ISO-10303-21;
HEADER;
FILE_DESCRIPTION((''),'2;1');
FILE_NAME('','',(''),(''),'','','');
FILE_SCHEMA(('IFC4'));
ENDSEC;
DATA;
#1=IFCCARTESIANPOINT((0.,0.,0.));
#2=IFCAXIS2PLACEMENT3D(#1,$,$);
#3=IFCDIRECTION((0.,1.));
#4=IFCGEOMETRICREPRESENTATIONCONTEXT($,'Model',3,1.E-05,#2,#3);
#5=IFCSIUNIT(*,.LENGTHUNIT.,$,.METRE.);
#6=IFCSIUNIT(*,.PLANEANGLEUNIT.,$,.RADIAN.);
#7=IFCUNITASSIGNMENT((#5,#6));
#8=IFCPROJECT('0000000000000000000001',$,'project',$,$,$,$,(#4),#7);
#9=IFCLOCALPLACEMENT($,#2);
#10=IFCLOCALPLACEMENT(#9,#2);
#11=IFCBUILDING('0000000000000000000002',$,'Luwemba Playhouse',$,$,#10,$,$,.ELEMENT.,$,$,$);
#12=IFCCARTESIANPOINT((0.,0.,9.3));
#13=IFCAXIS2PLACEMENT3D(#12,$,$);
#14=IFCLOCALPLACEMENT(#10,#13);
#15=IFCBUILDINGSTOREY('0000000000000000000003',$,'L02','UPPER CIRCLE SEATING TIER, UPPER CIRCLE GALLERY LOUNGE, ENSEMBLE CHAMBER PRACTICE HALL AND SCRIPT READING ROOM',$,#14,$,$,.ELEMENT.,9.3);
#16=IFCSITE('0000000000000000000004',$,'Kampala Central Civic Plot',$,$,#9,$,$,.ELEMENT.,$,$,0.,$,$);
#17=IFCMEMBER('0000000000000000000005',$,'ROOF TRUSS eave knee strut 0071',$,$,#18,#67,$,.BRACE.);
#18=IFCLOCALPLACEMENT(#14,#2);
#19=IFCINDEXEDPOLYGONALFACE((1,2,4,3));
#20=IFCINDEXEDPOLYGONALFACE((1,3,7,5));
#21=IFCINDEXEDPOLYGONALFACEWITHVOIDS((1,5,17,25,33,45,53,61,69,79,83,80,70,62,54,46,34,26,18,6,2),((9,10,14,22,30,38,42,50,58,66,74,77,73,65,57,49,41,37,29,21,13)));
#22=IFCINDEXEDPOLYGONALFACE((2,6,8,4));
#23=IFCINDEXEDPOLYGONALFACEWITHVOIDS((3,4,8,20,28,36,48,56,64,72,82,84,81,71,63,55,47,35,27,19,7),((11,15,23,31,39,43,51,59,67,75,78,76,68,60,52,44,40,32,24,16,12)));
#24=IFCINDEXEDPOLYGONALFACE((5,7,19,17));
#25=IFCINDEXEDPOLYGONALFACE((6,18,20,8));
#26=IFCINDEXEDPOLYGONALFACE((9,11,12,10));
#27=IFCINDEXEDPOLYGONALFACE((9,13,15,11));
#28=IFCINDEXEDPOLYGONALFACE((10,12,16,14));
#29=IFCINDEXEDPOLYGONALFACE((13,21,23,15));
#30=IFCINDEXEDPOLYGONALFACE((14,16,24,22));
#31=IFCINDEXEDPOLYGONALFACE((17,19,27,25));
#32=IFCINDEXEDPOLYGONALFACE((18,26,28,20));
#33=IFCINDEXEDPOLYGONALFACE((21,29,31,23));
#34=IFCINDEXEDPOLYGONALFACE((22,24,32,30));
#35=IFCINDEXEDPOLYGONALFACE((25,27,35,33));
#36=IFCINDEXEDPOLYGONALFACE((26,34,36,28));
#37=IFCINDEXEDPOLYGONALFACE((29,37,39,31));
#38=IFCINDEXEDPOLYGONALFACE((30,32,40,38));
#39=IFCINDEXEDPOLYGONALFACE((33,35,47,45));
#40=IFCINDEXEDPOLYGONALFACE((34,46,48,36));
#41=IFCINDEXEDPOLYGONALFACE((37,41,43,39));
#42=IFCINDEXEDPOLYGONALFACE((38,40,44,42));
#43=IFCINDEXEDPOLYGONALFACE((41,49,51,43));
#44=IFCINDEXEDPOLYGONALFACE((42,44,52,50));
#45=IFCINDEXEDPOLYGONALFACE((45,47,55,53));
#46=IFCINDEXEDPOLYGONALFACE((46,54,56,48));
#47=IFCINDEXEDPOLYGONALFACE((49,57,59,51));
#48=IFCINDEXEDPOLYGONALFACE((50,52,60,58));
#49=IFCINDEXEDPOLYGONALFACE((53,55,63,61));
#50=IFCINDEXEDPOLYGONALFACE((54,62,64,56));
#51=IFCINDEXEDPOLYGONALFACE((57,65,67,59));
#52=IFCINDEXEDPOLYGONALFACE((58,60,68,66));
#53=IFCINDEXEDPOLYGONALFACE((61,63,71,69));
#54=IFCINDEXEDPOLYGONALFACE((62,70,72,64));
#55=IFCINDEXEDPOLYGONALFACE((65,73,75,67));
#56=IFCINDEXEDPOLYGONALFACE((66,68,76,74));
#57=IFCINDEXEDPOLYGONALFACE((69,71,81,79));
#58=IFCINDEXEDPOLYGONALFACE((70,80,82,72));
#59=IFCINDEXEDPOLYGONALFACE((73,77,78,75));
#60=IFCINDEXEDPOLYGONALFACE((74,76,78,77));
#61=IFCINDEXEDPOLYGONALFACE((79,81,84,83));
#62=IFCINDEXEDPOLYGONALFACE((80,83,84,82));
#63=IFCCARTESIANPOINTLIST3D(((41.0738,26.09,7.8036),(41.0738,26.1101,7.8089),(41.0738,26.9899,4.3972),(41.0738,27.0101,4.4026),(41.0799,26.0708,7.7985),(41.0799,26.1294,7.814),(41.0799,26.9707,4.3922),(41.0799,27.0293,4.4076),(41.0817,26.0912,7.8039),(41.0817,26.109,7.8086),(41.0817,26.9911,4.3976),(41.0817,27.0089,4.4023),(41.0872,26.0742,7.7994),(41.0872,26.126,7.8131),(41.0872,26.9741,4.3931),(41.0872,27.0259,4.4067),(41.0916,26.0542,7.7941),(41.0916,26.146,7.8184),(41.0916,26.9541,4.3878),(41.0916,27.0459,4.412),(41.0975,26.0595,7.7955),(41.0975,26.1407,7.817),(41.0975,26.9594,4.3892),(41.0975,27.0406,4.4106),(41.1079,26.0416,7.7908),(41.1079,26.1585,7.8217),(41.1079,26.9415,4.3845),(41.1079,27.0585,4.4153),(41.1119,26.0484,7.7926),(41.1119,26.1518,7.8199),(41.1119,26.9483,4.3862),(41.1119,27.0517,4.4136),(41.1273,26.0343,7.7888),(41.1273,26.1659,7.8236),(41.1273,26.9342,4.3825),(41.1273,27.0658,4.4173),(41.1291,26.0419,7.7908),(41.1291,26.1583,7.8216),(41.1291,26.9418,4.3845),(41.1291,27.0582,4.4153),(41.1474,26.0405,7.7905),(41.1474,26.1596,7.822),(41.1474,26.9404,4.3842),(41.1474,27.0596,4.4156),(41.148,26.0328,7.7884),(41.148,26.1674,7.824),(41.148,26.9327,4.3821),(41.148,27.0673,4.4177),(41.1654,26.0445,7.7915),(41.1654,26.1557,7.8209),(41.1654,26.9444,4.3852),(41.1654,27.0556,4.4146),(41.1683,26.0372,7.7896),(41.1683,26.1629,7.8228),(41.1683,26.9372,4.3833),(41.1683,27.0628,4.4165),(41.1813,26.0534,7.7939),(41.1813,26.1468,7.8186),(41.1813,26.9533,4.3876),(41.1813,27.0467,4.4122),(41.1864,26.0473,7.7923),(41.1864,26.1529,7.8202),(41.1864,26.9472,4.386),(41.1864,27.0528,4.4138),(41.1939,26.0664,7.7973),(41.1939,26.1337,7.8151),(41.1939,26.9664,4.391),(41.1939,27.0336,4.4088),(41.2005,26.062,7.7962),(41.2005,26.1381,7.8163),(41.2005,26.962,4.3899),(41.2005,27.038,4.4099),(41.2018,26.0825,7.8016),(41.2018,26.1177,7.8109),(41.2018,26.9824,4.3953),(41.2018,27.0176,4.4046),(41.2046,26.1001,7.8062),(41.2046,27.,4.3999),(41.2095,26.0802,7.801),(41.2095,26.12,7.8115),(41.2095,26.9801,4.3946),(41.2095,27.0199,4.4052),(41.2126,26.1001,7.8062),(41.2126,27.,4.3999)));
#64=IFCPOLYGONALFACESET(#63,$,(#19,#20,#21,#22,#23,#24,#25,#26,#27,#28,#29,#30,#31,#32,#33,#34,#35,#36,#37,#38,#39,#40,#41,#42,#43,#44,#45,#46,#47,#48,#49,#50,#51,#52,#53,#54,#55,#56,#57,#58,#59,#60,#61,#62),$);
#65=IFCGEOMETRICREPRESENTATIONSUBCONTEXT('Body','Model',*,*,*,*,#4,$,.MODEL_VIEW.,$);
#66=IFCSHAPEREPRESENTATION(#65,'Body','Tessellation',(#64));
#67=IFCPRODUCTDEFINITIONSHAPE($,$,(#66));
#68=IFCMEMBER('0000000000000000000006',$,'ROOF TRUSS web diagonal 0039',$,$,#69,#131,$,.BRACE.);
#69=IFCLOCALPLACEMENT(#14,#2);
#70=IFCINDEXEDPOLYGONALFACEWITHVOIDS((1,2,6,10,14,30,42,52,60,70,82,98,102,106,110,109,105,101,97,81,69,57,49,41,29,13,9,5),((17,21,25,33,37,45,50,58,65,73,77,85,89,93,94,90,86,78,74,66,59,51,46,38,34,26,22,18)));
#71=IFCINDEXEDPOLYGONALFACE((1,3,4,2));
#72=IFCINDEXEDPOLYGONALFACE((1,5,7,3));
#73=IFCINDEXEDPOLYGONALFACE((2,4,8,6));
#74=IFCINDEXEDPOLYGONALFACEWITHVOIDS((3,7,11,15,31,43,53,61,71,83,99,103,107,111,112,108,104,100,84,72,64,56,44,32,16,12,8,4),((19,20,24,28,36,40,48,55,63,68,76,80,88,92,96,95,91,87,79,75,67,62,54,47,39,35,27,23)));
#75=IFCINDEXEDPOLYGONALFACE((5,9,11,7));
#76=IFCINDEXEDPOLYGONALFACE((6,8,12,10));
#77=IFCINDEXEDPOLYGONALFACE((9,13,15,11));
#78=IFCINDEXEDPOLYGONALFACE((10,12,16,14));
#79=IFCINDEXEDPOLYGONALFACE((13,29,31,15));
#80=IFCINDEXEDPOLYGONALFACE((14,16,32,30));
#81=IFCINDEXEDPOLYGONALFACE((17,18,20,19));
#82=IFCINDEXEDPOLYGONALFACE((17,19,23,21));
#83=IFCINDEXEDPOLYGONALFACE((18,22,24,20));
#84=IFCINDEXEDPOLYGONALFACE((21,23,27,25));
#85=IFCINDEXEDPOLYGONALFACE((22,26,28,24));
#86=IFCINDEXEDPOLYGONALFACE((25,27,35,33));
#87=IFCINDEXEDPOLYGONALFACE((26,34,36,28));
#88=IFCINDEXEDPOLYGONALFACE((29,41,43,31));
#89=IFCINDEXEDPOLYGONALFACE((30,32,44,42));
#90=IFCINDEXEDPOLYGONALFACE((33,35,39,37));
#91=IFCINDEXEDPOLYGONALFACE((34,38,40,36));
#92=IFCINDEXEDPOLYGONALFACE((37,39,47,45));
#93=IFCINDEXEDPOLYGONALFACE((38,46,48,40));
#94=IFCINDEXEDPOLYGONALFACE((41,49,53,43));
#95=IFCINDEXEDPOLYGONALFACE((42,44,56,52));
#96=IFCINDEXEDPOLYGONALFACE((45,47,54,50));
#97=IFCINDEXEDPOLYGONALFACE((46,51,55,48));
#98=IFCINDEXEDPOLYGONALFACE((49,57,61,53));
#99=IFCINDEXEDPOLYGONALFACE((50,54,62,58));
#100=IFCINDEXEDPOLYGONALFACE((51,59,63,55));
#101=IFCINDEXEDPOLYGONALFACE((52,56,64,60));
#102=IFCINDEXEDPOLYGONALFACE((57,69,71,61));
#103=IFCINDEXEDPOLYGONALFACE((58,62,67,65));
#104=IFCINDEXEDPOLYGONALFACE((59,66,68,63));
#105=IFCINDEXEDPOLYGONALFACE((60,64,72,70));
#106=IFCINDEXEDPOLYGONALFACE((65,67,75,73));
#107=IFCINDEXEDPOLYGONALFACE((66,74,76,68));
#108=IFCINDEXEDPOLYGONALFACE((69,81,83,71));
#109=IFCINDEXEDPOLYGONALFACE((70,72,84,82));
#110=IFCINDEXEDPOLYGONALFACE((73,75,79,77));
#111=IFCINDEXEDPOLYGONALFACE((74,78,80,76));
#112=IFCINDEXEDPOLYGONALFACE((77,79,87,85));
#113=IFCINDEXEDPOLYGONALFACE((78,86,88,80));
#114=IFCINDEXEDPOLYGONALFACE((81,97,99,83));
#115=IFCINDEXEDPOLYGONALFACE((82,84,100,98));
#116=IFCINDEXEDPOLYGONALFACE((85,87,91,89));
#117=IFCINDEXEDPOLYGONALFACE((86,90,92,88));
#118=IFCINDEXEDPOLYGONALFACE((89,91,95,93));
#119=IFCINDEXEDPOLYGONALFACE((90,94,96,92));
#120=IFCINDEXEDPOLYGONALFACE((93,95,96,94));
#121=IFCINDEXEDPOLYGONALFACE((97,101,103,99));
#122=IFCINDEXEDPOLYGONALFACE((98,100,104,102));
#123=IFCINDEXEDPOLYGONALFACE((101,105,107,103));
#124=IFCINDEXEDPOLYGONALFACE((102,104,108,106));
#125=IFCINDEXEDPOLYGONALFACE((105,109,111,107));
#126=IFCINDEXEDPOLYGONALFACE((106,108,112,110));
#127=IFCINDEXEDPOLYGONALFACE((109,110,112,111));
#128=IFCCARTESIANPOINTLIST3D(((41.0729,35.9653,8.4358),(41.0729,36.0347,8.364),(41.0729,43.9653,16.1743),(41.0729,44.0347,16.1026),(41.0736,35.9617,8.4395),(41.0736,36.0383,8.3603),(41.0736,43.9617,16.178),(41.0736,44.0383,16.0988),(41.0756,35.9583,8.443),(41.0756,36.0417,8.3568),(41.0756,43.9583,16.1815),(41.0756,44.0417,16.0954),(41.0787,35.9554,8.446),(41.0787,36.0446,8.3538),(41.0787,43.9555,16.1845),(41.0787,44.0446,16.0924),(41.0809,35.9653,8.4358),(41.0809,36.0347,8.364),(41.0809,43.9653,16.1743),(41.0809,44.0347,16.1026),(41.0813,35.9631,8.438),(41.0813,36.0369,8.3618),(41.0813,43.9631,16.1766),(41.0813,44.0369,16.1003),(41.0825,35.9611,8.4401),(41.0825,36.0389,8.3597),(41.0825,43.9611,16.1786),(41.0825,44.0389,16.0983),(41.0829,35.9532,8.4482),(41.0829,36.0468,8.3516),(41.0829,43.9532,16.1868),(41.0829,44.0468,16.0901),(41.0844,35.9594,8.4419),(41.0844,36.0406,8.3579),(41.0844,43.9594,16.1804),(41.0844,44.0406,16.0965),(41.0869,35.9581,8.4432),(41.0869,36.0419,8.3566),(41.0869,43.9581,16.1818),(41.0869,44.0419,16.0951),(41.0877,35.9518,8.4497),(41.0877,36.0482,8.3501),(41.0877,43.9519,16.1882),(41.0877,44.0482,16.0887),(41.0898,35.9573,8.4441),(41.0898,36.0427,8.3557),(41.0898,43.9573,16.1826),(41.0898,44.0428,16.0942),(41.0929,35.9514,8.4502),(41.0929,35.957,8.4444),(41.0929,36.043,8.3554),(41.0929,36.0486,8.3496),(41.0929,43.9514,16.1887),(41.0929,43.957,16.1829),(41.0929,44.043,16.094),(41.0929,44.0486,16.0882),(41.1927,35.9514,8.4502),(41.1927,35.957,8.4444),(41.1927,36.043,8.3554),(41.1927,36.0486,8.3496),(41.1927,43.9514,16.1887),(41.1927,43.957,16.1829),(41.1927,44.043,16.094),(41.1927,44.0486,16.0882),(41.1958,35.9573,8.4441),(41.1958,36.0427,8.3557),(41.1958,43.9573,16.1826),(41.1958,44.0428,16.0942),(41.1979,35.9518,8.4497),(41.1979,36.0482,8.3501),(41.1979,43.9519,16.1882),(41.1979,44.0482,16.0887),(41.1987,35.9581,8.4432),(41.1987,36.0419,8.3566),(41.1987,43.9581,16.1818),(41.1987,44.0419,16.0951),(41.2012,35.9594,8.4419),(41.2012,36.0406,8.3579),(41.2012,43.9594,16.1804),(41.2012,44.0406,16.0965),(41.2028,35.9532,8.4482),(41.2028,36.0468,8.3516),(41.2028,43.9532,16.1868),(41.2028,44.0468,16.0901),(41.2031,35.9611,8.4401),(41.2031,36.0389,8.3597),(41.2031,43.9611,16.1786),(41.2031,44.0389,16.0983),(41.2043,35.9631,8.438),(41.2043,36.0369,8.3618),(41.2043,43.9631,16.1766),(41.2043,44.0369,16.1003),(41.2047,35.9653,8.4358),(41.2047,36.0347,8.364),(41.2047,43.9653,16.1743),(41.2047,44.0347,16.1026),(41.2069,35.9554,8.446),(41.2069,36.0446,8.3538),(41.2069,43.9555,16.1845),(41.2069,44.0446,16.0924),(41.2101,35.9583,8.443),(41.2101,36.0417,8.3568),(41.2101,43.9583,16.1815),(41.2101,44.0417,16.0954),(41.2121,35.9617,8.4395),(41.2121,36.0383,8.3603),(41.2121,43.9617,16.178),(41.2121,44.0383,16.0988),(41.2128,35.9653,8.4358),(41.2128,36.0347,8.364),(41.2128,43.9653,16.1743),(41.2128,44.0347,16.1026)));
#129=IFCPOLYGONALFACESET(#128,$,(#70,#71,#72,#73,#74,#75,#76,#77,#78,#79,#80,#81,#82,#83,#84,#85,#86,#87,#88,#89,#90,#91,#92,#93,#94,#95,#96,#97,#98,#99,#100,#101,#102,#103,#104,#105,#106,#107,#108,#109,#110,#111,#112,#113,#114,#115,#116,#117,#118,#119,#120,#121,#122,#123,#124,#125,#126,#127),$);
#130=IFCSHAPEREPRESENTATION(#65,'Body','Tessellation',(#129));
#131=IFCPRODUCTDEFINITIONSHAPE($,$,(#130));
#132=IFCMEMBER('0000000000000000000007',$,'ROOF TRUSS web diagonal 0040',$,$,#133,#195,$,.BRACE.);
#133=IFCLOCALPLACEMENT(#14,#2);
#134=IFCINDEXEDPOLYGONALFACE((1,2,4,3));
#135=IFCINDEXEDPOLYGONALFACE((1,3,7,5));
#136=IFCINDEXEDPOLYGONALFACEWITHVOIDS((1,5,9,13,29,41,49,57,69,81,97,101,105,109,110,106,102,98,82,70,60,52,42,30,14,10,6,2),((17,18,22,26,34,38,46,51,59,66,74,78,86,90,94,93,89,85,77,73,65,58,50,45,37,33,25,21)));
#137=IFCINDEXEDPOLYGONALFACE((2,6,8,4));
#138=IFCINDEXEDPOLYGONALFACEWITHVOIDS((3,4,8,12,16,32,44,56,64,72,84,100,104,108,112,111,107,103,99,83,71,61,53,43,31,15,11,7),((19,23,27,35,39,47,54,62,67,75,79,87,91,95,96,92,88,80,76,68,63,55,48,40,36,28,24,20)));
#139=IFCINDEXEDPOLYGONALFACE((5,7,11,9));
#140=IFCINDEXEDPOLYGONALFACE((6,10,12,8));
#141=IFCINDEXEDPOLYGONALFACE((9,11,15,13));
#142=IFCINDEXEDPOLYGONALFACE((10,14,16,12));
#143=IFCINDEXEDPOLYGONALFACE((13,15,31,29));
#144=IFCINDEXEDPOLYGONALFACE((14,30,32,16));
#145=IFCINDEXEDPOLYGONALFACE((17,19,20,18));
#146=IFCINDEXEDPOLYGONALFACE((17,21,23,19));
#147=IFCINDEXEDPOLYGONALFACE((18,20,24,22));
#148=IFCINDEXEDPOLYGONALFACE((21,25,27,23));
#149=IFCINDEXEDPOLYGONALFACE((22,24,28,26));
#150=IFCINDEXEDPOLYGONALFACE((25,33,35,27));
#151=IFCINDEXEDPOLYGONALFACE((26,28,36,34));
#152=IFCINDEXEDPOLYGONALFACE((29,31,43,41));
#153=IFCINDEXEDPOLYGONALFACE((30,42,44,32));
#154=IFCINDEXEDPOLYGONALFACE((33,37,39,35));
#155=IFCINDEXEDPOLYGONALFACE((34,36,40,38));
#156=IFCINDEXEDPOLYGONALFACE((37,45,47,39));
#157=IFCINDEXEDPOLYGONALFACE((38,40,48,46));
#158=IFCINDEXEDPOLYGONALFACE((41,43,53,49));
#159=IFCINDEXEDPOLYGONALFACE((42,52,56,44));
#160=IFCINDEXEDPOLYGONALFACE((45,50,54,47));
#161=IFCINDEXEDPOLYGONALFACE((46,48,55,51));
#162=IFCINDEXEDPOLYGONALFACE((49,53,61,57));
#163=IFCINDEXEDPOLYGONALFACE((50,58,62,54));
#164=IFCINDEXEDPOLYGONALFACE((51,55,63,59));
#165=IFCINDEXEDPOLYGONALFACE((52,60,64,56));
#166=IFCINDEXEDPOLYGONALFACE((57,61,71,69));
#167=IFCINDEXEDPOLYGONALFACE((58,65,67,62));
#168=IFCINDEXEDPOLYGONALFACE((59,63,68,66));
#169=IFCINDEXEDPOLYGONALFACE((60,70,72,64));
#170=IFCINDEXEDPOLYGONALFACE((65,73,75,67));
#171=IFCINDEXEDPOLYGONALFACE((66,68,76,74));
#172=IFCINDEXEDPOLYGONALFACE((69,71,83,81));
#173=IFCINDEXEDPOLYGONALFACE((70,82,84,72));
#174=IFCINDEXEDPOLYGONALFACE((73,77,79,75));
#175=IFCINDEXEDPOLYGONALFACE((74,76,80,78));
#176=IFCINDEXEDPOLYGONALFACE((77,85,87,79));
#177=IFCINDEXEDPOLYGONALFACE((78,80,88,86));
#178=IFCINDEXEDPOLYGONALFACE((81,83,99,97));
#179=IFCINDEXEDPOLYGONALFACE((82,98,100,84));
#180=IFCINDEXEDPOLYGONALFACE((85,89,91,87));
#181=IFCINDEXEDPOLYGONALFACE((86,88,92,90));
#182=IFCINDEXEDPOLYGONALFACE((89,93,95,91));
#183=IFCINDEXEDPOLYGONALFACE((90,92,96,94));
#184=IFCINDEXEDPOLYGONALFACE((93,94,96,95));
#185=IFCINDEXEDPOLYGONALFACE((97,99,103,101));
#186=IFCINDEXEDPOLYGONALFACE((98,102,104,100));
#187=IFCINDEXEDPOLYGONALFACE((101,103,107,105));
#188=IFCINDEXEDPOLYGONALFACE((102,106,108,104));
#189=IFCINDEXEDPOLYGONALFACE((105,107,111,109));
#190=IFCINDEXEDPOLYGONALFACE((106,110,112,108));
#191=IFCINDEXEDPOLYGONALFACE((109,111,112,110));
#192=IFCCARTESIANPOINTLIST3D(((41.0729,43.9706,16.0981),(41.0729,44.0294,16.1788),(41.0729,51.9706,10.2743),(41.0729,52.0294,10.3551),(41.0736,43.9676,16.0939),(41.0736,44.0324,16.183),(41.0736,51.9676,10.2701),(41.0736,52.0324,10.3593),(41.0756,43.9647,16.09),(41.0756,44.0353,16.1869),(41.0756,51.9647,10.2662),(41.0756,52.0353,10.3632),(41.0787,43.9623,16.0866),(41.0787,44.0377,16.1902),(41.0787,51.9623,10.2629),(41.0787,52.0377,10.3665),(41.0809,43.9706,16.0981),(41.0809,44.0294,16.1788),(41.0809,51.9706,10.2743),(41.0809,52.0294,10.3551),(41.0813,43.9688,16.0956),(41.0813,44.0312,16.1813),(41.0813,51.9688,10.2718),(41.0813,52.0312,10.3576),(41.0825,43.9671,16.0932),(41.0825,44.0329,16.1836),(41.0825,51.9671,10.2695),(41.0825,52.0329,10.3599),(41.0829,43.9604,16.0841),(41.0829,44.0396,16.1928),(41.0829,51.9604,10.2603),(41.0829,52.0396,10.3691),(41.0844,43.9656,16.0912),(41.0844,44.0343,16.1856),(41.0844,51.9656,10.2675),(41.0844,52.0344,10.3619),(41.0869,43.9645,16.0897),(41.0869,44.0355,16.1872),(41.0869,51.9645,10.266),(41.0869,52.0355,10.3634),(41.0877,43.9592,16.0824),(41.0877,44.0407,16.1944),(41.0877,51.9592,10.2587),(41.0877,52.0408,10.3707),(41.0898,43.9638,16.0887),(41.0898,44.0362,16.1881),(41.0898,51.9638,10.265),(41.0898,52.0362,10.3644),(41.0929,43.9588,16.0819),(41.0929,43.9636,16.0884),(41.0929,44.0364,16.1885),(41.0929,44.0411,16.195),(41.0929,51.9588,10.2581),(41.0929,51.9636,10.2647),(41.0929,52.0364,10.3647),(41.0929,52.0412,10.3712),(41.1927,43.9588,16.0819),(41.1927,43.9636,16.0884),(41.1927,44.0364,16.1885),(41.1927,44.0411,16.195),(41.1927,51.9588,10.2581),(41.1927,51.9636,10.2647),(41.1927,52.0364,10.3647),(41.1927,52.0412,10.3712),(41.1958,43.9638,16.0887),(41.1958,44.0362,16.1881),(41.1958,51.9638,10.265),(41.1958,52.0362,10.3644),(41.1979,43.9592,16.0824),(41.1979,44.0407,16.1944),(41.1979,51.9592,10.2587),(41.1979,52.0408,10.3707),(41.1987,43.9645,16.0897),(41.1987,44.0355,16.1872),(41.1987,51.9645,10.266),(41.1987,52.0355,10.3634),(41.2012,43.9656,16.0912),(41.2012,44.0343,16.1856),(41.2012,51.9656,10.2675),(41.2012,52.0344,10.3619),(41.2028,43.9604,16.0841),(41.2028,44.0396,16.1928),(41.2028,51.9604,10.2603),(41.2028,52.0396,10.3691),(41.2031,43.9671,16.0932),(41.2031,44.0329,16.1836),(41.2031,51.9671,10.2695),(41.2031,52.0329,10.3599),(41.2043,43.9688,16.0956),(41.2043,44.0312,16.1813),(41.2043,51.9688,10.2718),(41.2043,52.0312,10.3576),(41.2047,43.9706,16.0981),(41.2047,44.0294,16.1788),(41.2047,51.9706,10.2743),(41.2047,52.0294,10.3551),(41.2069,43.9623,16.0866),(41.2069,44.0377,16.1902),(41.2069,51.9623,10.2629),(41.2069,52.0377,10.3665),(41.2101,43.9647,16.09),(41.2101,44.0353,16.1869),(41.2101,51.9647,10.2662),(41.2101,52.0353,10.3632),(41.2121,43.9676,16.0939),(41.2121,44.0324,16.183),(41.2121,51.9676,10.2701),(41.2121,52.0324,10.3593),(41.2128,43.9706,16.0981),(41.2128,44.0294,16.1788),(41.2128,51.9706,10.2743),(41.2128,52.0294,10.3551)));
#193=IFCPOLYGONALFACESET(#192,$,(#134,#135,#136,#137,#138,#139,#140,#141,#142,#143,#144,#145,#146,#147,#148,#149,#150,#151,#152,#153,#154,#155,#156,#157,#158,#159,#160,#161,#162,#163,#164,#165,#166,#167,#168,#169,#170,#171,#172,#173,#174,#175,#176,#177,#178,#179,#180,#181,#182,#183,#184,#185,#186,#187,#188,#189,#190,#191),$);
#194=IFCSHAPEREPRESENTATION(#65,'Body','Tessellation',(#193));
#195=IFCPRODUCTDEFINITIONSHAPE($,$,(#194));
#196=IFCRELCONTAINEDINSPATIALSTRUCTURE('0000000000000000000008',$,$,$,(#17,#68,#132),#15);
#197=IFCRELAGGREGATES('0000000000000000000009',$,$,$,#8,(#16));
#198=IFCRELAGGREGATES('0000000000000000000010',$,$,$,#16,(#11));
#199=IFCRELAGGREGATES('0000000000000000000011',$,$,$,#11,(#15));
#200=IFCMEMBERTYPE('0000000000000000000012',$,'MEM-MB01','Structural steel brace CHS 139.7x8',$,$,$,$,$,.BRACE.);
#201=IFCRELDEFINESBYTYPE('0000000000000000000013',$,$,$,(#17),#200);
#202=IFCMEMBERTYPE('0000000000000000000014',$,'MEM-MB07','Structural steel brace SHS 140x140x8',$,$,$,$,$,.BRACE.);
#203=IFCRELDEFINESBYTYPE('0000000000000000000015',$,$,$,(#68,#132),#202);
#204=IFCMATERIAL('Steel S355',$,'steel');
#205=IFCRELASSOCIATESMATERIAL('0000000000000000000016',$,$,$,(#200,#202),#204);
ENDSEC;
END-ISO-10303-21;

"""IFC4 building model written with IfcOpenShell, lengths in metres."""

from ifc_helpers import new_model, si_unit, direction, frame, origin, origin_2d, place, context, subcontext, project, spatial, hollow_rectangle, hollow_circle, extrude, material, material_profile, profile_set, type_object, element, save


model = new_model("IFC4")

# Units and contexts
model_context = context("Model", 3, precision=1e-05, world=origin(), true_north=direction((0.0, 1.0)))
body_context = subcontext(model_context, "Body", "Model", "MODEL_VIEW")
ifc_project = project(units=[si_unit("LENGTHUNIT", "METRE"), si_unit("PLANEANGLEUNIT", "RADIAN")], contexts=[model_context])

# Site, building, storey
site_placement = place(None, origin())
site = spatial("IfcSite", under=ifc_project, at=site_placement, Name="Kampala Central Civic Plot", CompositionType="ELEMENT", RefElevation=0.0)
building_placement = place(site_placement, origin())
building = spatial("IfcBuilding", under=site, at=building_placement, Name="Luwemba Playhouse", CompositionType="ELEMENT")
storey_placement = place(building_placement, frame((0.0, 0.0, 9.3)))
storey = spatial("IfcBuildingStorey", under=building, at=storey_placement, Name="L02", Description="UPPER CIRCLE SEATING TIER, UPPER CIRCLE GALLERY LOUNGE, ENSEMBLE CHAMBER PRACTICE HALL AND SCRIPT READING ROOM", CompositionType="ELEMENT", Elevation=9.3)

# Shared definitions
ifc_material_1 = material(Name="Steel S355", Category="steel")

# Members
ifc_material_profile_1 = material_profile(ifc_material_1, hollow_circle(Radius=0.0698, WallThickness=0.0081, at=origin_2d()))
ifc_profile_set_1 = profile_set([ifc_material_profile_1], Name="Steel S355")
member_type_1 = type_object("IfcMemberType", Name="MEM-MB01", Description="Structural steel brace CHS 139.7x8", PredefinedType="BRACE", material=ifc_profile_set_1)
member_1_placement = place(storey_placement, frame((41.1428, 27.0, 4.3999), z_axis=(0.0, -0.255428, 0.966828), x_axis=(1.0, 0.0, 0.0)))
element("IfcMember", 1, at=member_1_placement, inside=storey, type_object=member_type_1, Name="ROOF TRUSS eave knee strut 0071", PredefinedType="BRACE", context=body_context, shape_type="SweptSolid", body=[
    extrude(hollow_circle(Radius=0.0698, WallThickness=0.0081, at=origin_2d()), origin(), (0.0, 0.0, 1.0), 3.5232),
])
ifc_material_profile_2 = material_profile(ifc_material_1, hollow_rectangle(XDim=0.1399, YDim=0.1399, WallThickness=0.0081, InnerFilletRadius=0.012, OuterFilletRadius=0.02, at=origin_2d()))
ifc_profile_set_2 = profile_set([ifc_material_profile_2], Name="Steel S355")
member_type_2 = type_object("IfcMemberType", Name="MEM-MB07", Description="Structural steel brace SHS 140x140x8", PredefinedType="BRACE", material=ifc_profile_set_2)
member_2_placement = place(storey_placement, frame((41.1428, 36.0, 8.3999), z_axis=(0.0, 0.718755, 0.695263), x_axis=(-1.0, 0.0, 0.0)))
element("IfcMember", 2, at=member_2_placement, inside=storey, type_object=member_type_2, Name="ROOF TRUSS web diagonal 0039", PredefinedType="BRACE", context=body_context, shape_type="SweptSolid", body=[
    extrude(hollow_rectangle(XDim=0.1399, YDim=0.1399, WallThickness=0.0081, InnerFilletRadius=0.012, OuterFilletRadius=0.02, at=origin_2d()), origin(), (0.0, 0.0, 1.0), 11.1304),
])
for number, where, z_axis, x_axis, name in (
    (3, (41.1428, 52.0, 10.3147), (0.0, -0.808469, 0.588538), (1.0, 0.0, 0.0), "ROOF TRUSS web diagonal 0040"),
):
    element("IfcMember", number, at=place(storey_placement, frame(where, z_axis=z_axis, x_axis=x_axis)), inside=storey, type_object=member_type_2, Name=name, PredefinedType="BRACE", context=body_context, shape_type="SweptSolid", body=[
        extrude(hollow_rectangle(XDim=0.1399, YDim=0.1399, WallThickness=0.0081, InnerFilletRadius=0.012, OuterFilletRadius=0.02, at=origin_2d()), origin(), (0.0, 0.0, 1.0), 9.8953),
    ])

save(model, "model.ifc")
